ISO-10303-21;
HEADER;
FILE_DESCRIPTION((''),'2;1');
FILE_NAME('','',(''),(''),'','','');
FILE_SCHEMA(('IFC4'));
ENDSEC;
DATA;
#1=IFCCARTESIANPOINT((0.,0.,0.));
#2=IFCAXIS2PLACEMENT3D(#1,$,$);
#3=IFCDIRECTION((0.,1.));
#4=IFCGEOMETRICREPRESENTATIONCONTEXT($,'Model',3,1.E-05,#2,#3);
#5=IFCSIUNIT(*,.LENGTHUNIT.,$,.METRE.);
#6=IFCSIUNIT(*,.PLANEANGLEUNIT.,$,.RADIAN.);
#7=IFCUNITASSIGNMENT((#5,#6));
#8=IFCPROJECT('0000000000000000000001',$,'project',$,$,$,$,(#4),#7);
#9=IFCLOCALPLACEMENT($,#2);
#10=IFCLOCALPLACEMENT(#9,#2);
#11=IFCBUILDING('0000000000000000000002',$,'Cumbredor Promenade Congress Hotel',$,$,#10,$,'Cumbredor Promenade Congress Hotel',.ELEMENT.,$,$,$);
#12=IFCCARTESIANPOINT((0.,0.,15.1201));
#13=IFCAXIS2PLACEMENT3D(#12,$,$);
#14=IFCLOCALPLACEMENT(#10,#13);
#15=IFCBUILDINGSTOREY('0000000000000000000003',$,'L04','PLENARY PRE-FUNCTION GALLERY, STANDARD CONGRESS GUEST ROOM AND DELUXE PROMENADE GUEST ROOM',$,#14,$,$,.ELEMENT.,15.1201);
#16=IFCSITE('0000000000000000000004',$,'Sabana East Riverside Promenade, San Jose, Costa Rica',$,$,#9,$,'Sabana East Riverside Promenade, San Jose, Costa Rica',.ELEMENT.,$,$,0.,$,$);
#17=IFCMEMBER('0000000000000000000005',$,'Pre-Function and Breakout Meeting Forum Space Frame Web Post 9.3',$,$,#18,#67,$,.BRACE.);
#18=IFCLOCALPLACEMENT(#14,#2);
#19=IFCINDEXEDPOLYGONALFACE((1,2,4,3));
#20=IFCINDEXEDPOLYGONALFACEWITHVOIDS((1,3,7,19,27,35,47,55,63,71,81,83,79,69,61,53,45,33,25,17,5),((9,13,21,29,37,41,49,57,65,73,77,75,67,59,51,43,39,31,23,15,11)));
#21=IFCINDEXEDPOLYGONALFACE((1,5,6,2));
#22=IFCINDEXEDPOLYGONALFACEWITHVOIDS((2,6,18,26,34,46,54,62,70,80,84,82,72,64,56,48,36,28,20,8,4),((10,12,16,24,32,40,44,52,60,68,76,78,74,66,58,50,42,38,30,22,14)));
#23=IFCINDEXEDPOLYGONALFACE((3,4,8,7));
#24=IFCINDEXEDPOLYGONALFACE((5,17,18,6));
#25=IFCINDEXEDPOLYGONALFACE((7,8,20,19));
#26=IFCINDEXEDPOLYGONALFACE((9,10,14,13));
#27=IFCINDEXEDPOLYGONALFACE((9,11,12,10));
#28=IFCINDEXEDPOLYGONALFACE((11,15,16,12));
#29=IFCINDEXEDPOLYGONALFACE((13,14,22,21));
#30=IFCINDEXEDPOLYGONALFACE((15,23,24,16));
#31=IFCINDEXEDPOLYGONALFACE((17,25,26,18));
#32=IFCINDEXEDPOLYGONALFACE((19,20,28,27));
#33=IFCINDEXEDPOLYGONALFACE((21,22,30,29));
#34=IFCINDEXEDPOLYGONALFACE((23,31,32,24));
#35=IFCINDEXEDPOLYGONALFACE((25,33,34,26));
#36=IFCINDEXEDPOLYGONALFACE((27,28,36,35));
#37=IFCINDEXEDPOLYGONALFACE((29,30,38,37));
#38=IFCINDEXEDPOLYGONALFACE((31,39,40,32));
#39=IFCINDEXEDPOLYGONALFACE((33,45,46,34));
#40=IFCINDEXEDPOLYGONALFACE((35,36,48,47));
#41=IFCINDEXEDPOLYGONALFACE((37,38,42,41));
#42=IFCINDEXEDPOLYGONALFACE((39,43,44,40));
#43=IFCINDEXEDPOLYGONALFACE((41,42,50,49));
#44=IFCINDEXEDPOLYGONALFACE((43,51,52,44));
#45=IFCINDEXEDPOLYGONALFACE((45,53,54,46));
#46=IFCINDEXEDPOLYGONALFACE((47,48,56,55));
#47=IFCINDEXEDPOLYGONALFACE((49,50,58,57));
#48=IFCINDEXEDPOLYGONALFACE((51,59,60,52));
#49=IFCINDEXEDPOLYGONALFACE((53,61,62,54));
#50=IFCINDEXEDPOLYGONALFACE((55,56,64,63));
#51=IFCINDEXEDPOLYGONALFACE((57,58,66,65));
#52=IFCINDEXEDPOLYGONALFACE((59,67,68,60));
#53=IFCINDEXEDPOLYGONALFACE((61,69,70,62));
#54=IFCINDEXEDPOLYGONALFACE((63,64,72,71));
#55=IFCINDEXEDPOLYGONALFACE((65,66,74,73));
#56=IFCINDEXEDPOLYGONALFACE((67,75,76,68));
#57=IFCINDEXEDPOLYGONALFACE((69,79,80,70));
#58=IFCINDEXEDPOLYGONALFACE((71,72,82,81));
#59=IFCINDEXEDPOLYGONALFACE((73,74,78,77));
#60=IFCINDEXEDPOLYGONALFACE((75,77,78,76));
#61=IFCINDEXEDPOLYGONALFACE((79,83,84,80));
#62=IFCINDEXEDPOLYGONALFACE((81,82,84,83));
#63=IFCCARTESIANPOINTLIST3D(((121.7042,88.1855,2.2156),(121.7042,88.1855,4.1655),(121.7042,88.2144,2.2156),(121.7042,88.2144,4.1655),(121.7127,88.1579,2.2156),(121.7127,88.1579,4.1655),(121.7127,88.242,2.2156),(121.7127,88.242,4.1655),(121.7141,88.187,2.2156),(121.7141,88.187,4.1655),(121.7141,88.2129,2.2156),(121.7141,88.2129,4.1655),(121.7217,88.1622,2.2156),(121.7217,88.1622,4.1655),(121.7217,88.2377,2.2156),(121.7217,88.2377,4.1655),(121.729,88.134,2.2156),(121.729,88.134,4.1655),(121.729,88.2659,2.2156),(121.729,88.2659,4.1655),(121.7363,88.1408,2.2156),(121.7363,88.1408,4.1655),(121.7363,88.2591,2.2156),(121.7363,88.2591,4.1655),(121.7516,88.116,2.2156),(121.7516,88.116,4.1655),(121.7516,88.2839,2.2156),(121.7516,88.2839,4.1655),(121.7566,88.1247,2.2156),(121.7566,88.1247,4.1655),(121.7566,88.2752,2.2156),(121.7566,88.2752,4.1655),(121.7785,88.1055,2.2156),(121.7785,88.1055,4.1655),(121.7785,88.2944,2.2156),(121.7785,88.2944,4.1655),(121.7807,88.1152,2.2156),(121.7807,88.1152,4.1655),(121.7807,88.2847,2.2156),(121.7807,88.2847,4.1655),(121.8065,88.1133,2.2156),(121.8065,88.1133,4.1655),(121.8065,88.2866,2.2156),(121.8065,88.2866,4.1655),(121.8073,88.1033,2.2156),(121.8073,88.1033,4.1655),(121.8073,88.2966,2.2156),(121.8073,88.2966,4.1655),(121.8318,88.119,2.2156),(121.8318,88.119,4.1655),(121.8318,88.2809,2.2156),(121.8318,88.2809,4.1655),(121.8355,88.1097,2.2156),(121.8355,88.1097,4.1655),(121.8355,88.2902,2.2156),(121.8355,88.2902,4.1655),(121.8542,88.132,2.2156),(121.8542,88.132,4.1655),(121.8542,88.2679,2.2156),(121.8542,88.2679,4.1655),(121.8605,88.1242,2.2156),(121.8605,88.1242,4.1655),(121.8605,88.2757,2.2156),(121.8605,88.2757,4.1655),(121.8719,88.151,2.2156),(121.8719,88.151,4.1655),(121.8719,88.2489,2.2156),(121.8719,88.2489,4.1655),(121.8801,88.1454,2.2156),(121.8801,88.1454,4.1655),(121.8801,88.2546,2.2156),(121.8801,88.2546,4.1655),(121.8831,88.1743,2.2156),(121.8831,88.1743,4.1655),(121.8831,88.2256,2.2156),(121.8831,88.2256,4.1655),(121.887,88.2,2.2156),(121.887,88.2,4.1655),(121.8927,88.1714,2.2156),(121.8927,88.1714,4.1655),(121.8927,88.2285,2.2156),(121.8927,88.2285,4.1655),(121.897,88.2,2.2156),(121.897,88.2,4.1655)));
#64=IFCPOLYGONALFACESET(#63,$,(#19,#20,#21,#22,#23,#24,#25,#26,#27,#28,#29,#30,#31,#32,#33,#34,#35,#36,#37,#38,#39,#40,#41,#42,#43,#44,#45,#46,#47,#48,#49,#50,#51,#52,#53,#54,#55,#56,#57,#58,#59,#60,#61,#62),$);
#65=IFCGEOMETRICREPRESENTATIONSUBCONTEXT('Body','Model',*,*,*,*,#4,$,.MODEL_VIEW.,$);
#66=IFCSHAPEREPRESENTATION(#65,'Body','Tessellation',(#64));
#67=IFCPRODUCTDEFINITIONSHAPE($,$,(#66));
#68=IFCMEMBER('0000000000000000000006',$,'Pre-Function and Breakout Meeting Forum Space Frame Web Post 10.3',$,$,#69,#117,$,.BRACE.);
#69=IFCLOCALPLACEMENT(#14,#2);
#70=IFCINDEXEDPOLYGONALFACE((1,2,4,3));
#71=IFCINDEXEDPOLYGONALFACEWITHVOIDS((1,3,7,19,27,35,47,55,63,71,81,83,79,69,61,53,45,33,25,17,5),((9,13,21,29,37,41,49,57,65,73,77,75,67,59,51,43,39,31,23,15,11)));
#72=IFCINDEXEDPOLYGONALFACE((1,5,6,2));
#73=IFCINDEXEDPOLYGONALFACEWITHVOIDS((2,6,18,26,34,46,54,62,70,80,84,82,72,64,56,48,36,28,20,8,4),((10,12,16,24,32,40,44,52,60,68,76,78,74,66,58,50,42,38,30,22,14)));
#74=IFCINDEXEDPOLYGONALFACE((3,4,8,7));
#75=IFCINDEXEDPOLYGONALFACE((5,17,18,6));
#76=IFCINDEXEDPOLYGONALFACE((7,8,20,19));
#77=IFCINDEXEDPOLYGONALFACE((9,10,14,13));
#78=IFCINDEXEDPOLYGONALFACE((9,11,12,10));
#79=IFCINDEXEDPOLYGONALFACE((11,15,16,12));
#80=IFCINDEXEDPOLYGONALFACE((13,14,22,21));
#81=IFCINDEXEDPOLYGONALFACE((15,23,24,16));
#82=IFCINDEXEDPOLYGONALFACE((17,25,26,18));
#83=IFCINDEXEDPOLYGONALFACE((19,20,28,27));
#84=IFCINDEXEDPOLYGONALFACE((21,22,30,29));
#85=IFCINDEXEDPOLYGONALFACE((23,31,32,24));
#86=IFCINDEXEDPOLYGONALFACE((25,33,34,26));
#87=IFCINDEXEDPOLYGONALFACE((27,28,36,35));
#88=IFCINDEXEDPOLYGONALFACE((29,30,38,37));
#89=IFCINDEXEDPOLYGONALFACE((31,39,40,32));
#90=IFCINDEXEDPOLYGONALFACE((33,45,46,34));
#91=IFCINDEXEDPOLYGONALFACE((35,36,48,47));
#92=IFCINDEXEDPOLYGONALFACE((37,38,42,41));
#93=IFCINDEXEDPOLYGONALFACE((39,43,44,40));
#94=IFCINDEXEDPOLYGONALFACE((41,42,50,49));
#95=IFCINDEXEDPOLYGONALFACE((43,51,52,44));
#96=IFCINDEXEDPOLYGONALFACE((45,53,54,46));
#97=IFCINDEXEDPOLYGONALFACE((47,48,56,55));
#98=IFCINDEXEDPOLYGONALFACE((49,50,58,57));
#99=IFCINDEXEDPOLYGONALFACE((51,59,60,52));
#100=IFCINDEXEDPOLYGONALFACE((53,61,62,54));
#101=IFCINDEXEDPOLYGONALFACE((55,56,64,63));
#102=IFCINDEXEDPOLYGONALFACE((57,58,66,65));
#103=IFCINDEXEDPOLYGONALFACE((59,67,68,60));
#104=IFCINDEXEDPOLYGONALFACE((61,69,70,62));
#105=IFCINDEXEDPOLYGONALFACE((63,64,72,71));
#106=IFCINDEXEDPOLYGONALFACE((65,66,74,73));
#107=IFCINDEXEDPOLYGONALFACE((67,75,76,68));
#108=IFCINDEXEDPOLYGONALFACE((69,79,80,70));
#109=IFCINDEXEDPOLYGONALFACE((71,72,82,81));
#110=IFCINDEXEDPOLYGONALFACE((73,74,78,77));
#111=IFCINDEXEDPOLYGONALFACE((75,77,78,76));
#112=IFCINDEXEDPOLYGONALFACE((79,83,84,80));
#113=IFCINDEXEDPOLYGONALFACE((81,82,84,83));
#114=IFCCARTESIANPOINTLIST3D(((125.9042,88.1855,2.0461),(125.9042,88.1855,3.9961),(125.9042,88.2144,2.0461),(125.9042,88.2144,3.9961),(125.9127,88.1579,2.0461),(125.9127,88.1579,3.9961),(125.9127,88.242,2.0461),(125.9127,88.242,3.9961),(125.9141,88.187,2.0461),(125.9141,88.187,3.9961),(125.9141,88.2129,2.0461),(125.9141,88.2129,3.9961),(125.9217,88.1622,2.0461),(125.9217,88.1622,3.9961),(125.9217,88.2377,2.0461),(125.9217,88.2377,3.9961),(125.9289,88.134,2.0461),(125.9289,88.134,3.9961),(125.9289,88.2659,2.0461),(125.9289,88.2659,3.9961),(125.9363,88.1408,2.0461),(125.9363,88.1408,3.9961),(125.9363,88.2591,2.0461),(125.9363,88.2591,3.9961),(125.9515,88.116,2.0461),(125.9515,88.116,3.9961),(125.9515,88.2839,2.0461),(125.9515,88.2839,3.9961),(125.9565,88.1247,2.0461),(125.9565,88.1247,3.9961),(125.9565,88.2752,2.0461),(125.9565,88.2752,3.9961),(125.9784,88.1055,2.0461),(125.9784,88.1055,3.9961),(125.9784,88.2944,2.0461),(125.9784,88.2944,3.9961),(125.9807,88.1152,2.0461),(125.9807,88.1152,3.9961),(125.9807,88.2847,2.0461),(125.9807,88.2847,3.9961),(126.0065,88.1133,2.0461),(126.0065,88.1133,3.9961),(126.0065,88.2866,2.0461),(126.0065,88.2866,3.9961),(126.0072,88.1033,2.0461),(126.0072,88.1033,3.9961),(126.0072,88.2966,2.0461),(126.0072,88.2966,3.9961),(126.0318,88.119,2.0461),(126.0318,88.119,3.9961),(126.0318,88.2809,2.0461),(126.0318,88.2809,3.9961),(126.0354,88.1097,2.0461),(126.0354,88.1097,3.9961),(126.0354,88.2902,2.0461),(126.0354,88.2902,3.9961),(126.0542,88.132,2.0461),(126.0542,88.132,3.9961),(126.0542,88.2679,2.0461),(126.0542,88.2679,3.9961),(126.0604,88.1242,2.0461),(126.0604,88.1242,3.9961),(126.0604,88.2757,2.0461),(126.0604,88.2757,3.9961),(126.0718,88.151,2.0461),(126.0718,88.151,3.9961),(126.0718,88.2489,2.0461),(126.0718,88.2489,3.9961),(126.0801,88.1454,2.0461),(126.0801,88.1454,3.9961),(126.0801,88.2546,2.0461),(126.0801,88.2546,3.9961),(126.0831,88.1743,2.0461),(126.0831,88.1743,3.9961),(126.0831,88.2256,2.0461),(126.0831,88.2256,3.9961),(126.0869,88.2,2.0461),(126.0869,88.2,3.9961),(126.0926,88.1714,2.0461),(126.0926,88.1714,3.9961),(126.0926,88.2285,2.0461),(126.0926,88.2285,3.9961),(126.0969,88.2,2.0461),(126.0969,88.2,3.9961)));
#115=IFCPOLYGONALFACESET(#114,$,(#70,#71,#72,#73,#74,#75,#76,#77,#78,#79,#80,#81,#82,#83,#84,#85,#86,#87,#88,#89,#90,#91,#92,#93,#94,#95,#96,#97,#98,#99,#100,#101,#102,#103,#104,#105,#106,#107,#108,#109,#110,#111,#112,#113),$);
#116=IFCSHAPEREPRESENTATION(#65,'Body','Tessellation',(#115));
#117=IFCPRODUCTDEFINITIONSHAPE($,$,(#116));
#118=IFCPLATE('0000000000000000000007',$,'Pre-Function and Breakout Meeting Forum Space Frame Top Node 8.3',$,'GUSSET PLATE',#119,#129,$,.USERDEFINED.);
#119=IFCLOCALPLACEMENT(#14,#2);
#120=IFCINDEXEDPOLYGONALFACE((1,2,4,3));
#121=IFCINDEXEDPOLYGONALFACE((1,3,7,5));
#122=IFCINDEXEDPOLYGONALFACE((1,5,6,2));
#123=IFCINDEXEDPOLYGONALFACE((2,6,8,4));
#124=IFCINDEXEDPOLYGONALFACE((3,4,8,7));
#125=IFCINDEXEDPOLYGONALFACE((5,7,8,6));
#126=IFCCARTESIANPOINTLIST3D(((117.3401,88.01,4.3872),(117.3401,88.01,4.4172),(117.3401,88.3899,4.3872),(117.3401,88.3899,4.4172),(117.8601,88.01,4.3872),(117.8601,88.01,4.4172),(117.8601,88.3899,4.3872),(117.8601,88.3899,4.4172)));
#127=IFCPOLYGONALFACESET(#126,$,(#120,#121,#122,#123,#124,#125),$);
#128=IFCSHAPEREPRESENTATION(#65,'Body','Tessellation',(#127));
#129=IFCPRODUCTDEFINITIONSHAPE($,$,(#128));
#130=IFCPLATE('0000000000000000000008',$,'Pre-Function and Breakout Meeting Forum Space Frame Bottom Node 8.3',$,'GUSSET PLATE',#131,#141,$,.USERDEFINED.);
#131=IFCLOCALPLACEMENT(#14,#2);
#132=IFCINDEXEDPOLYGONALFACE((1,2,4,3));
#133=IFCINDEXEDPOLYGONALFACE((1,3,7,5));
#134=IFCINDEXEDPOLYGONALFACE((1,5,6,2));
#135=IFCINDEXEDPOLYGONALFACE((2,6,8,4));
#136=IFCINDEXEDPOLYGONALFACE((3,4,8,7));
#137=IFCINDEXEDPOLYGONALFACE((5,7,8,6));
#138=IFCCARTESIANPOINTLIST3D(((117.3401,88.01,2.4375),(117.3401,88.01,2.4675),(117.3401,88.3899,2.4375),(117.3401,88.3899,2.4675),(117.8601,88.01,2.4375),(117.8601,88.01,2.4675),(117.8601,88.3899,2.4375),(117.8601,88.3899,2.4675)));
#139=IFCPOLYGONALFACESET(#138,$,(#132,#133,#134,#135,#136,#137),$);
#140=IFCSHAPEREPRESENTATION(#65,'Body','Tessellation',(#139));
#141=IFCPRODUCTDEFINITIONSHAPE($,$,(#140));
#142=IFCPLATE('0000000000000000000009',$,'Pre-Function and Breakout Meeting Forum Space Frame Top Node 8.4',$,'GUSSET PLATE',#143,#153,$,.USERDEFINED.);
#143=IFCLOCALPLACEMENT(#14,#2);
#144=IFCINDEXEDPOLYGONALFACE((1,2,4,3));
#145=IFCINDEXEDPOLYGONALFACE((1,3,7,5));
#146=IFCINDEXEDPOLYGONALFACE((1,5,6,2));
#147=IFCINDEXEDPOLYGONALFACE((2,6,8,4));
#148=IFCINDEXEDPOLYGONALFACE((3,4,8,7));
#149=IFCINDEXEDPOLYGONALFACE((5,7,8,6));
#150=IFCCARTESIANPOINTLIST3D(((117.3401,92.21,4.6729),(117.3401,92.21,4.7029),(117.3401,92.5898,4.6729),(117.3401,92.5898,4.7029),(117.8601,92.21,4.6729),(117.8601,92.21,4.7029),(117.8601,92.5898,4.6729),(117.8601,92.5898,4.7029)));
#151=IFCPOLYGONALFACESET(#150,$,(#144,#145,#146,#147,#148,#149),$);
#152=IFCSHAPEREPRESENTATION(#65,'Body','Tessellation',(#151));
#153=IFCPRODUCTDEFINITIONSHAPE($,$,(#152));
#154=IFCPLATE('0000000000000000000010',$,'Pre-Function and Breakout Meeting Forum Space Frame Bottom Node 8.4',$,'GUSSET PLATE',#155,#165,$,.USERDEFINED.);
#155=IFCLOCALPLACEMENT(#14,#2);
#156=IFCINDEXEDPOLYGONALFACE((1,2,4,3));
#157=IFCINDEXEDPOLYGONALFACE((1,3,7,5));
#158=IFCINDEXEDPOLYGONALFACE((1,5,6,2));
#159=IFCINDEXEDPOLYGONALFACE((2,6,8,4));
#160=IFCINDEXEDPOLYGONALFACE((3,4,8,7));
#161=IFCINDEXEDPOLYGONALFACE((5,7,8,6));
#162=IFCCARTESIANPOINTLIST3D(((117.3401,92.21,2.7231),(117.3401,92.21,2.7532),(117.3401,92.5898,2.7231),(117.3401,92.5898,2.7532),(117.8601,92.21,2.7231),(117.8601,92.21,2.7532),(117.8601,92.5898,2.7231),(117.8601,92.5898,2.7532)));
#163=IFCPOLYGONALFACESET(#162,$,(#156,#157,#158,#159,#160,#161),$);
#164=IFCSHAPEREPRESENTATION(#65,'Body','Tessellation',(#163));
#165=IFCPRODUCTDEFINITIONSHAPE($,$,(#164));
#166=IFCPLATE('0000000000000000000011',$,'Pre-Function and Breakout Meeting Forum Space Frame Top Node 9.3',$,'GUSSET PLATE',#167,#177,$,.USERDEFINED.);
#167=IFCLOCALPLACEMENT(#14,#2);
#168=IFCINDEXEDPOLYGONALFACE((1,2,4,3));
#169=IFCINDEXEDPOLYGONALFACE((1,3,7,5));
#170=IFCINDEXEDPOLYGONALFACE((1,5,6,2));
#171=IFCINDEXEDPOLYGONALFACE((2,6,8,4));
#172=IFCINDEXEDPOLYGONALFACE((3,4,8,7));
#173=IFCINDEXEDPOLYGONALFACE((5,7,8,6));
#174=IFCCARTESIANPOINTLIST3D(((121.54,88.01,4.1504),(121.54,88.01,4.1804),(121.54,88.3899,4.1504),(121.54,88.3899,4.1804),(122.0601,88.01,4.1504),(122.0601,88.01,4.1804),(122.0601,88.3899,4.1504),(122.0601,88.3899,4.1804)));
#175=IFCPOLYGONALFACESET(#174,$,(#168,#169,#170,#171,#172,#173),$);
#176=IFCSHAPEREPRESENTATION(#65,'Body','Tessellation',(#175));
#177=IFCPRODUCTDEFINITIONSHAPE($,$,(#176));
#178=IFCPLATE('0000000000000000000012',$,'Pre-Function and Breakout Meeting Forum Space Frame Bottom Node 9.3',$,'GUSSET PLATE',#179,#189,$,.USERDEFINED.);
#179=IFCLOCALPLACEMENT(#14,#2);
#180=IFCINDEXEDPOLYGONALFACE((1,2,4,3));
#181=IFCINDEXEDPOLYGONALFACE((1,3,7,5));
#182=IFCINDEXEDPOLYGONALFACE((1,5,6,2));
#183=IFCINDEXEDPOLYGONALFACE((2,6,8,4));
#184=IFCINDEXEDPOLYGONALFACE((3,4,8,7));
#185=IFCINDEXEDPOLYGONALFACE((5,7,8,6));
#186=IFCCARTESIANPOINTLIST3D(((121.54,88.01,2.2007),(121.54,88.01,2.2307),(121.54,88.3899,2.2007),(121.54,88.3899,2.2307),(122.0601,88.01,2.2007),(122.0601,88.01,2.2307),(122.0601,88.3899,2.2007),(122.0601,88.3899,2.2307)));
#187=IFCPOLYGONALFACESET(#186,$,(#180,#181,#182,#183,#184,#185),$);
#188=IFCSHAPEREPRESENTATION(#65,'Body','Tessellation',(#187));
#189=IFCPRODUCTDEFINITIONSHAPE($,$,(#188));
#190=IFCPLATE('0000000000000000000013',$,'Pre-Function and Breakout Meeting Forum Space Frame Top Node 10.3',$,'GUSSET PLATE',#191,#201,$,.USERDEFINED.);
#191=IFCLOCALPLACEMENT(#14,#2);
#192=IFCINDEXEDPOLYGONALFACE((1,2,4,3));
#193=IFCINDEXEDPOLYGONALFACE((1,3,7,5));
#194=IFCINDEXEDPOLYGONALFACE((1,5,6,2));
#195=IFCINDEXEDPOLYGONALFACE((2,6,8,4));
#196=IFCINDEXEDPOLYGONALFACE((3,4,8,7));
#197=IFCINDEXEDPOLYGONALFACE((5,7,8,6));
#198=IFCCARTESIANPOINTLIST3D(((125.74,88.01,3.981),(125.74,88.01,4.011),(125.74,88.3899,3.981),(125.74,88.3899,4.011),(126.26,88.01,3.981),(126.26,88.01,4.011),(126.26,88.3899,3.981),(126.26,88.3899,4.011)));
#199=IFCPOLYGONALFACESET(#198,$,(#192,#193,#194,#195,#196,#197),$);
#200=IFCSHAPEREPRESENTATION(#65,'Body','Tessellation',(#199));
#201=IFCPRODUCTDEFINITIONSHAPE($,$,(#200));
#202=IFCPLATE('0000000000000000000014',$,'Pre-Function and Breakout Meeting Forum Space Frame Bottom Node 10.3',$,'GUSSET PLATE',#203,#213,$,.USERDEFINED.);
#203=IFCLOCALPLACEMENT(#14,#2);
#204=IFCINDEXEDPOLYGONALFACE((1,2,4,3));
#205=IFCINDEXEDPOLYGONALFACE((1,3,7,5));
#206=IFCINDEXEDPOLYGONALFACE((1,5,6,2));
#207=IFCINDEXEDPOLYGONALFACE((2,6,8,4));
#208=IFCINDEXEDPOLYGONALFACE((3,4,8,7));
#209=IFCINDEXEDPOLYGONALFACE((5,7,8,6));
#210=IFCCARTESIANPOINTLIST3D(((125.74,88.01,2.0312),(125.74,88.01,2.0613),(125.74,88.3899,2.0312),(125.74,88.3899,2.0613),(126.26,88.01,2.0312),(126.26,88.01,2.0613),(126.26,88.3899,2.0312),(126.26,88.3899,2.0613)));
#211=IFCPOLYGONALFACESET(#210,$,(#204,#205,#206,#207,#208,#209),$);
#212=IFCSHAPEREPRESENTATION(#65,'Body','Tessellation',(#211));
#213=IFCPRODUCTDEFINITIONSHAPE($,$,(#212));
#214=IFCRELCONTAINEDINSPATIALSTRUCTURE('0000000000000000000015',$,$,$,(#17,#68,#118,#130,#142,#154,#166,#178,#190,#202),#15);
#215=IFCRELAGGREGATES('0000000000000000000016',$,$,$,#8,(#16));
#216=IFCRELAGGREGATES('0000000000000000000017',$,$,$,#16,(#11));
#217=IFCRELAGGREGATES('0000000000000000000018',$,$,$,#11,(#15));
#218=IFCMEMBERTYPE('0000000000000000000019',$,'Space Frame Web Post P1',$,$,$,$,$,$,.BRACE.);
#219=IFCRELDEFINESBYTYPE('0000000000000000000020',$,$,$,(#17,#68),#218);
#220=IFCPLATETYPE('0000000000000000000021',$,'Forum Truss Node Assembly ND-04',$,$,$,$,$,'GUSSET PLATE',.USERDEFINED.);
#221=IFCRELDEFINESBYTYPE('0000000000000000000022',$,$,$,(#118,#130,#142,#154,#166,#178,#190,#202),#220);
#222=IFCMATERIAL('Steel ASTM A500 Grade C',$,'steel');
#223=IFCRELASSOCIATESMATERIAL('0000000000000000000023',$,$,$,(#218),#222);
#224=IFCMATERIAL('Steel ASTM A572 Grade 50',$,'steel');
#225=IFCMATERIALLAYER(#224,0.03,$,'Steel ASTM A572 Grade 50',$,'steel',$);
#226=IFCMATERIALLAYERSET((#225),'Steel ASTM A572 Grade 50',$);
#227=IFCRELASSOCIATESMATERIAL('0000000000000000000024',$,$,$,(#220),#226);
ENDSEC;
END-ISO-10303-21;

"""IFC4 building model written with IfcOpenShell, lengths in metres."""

from ifc_helpers import new_model, si_unit, direction, frame, origin, origin_2d, place, context, subcontext, project, spatial, rectangle, hollow_circle, extrude, material, layer, layer_set, material_profile, profile_set, type_object, element, save


model = new_model("IFC4")

# Units and contexts
model_context = context("Model", 3, precision=1e-05, world=origin(), true_north=direction((0.0, 1.0)))
body_context = subcontext(model_context, "Body", "Model", "MODEL_VIEW")
ifc_project = project(units=[si_unit("LENGTHUNIT", "METRE"), si_unit("PLANEANGLEUNIT", "RADIAN")], contexts=[model_context])

# Site, building, storey
site_placement = place(None, origin())
site = spatial("IfcSite", under=ifc_project, at=site_placement, Name="Sabana East Riverside Promenade, San Jose, Costa Rica", LongName="Sabana East Riverside Promenade, San Jose, Costa Rica", CompositionType="ELEMENT", RefElevation=0.0)
building_placement = place(site_placement, origin())
building = spatial("IfcBuilding", under=site, at=building_placement, Name="Cumbredor Promenade Congress Hotel", LongName="Cumbredor Promenade Congress Hotel", CompositionType="ELEMENT")
storey_placement = place(building_placement, frame((0.0, 0.0, 15.1201)))
storey = spatial("IfcBuildingStorey", under=building, at=storey_placement, Name="L04", Description="PLENARY PRE-FUNCTION GALLERY, STANDARD CONGRESS GUEST ROOM AND DELUXE PROMENADE GUEST ROOM", CompositionType="ELEMENT", Elevation=15.1201)

# Members
ifc_material_1 = material(Name="Steel ASTM A500 Grade C", Category="steel")
ifc_material_profile_1 = material_profile(ifc_material_1, hollow_circle(Radius=0.0969, WallThickness=0.01, at=origin_2d()), Name="CHS 193.7x10")
ifc_profile_set_1 = profile_set([ifc_material_profile_1], Name="Steel ASTM A500 Grade C")
member_type_1 = type_object("IfcMemberType", Name="Space Frame Web Post P1", PredefinedType="BRACE", material=ifc_profile_set_1)
for number, where, z_axis, x_axis, name in (
    (1, (121.8, 88.2, 2.2156), (0.0, 0.0, 1.0), (1.0, 0.0, 0.0), "Pre-Function and Breakout Meeting Forum Space Frame Web Post 9.3"),
    (2, (126.0, 88.2, 2.0461), (0.0, 0.0, 1.0), (1.0, 0.0, 0.0), "Pre-Function and Breakout Meeting Forum Space Frame Web Post 10.3"),
):
    element("IfcMember", number, at=place(storey_placement, frame(where, z_axis=z_axis, x_axis=x_axis)), inside=storey, type_object=member_type_1, Name=name, PredefinedType="BRACE", context=body_context, shape_type="SweptSolid", body=[
        extrude(hollow_circle(Radius=0.0969, WallThickness=0.01, at=origin_2d()), origin(), (0.0, 0.0, 1.0), 1.95),
    ])

# Plates
ifc_material_2 = material(Name="Steel ASTM A572 Grade 50", Category="steel")
ifc_layer = layer(ifc_material_2, 0.03, Name="Steel ASTM A572 Grade 50", Category="steel")
ifc_layer_set = layer_set([ifc_layer], Name="Steel ASTM A572 Grade 50")
plate_type = type_object("IfcPlateType", Name="Forum Truss Node Assembly ND-04", ElementType="GUSSET PLATE", PredefinedType="USERDEFINED", material=ifc_layer_set)
for number, where, z_axis, x_axis, name in (
    (3, (117.6001, 88.2, 4.3872), (0.0, 0.0, 1.0), (1.0, 0.0, 0.0), "Pre-Function and Breakout Meeting Forum Space Frame Top Node 8.3"),
    (4, (117.6001, 88.2, 2.4375), (0.0, 0.0, 1.0), (1.0, 0.0, 0.0), "Pre-Function and Breakout Meeting Forum Space Frame Bottom Node 8.3"),
    (5, (117.6001, 92.3999, 4.6729), (0.0, 0.0, 1.0), (1.0, 0.0, 0.0), "Pre-Function and Breakout Meeting Forum Space Frame Top Node 8.4"),
    (6, (117.6001, 92.3999, 2.7231), (0.0, 0.0, 1.0), (1.0, 0.0, 0.0), "Pre-Function and Breakout Meeting Forum Space Frame Bottom Node 8.4"),
    (7, (121.8, 88.2, 4.1504), (0.0, 0.0, 1.0), (1.0, 0.0, 0.0), "Pre-Function and Breakout Meeting Forum Space Frame Top Node 9.3"),
    (8, (121.8, 88.2, 2.2007), (0.0, 0.0, 1.0), (1.0, 0.0, 0.0), "Pre-Function and Breakout Meeting Forum Space Frame Bottom Node 9.3"),
    (9, (126.0, 88.2, 3.981), (0.0, 0.0, 1.0), (1.0, 0.0, 0.0), "Pre-Function and Breakout Meeting Forum Space Frame Top Node 10.3"),
    (10, (126.0, 88.2, 2.0312), (0.0, 0.0, 1.0), (1.0, 0.0, 0.0), "Pre-Function and Breakout Meeting Forum Space Frame Bottom Node 10.3"),
):
    element("IfcPlate", number, at=place(storey_placement, frame(where, z_axis=z_axis, x_axis=x_axis)), inside=storey, type_object=plate_type, Name=name, ObjectType="GUSSET PLATE", PredefinedType="USERDEFINED", context=body_context, shape_type="SweptSolid", body=[
        extrude(rectangle(XDim=0.52, YDim=0.3799, at=origin_2d()), origin(), (0.0, 0.0, 1.0), 0.03),
    ])

save(model, "model.ifc")
